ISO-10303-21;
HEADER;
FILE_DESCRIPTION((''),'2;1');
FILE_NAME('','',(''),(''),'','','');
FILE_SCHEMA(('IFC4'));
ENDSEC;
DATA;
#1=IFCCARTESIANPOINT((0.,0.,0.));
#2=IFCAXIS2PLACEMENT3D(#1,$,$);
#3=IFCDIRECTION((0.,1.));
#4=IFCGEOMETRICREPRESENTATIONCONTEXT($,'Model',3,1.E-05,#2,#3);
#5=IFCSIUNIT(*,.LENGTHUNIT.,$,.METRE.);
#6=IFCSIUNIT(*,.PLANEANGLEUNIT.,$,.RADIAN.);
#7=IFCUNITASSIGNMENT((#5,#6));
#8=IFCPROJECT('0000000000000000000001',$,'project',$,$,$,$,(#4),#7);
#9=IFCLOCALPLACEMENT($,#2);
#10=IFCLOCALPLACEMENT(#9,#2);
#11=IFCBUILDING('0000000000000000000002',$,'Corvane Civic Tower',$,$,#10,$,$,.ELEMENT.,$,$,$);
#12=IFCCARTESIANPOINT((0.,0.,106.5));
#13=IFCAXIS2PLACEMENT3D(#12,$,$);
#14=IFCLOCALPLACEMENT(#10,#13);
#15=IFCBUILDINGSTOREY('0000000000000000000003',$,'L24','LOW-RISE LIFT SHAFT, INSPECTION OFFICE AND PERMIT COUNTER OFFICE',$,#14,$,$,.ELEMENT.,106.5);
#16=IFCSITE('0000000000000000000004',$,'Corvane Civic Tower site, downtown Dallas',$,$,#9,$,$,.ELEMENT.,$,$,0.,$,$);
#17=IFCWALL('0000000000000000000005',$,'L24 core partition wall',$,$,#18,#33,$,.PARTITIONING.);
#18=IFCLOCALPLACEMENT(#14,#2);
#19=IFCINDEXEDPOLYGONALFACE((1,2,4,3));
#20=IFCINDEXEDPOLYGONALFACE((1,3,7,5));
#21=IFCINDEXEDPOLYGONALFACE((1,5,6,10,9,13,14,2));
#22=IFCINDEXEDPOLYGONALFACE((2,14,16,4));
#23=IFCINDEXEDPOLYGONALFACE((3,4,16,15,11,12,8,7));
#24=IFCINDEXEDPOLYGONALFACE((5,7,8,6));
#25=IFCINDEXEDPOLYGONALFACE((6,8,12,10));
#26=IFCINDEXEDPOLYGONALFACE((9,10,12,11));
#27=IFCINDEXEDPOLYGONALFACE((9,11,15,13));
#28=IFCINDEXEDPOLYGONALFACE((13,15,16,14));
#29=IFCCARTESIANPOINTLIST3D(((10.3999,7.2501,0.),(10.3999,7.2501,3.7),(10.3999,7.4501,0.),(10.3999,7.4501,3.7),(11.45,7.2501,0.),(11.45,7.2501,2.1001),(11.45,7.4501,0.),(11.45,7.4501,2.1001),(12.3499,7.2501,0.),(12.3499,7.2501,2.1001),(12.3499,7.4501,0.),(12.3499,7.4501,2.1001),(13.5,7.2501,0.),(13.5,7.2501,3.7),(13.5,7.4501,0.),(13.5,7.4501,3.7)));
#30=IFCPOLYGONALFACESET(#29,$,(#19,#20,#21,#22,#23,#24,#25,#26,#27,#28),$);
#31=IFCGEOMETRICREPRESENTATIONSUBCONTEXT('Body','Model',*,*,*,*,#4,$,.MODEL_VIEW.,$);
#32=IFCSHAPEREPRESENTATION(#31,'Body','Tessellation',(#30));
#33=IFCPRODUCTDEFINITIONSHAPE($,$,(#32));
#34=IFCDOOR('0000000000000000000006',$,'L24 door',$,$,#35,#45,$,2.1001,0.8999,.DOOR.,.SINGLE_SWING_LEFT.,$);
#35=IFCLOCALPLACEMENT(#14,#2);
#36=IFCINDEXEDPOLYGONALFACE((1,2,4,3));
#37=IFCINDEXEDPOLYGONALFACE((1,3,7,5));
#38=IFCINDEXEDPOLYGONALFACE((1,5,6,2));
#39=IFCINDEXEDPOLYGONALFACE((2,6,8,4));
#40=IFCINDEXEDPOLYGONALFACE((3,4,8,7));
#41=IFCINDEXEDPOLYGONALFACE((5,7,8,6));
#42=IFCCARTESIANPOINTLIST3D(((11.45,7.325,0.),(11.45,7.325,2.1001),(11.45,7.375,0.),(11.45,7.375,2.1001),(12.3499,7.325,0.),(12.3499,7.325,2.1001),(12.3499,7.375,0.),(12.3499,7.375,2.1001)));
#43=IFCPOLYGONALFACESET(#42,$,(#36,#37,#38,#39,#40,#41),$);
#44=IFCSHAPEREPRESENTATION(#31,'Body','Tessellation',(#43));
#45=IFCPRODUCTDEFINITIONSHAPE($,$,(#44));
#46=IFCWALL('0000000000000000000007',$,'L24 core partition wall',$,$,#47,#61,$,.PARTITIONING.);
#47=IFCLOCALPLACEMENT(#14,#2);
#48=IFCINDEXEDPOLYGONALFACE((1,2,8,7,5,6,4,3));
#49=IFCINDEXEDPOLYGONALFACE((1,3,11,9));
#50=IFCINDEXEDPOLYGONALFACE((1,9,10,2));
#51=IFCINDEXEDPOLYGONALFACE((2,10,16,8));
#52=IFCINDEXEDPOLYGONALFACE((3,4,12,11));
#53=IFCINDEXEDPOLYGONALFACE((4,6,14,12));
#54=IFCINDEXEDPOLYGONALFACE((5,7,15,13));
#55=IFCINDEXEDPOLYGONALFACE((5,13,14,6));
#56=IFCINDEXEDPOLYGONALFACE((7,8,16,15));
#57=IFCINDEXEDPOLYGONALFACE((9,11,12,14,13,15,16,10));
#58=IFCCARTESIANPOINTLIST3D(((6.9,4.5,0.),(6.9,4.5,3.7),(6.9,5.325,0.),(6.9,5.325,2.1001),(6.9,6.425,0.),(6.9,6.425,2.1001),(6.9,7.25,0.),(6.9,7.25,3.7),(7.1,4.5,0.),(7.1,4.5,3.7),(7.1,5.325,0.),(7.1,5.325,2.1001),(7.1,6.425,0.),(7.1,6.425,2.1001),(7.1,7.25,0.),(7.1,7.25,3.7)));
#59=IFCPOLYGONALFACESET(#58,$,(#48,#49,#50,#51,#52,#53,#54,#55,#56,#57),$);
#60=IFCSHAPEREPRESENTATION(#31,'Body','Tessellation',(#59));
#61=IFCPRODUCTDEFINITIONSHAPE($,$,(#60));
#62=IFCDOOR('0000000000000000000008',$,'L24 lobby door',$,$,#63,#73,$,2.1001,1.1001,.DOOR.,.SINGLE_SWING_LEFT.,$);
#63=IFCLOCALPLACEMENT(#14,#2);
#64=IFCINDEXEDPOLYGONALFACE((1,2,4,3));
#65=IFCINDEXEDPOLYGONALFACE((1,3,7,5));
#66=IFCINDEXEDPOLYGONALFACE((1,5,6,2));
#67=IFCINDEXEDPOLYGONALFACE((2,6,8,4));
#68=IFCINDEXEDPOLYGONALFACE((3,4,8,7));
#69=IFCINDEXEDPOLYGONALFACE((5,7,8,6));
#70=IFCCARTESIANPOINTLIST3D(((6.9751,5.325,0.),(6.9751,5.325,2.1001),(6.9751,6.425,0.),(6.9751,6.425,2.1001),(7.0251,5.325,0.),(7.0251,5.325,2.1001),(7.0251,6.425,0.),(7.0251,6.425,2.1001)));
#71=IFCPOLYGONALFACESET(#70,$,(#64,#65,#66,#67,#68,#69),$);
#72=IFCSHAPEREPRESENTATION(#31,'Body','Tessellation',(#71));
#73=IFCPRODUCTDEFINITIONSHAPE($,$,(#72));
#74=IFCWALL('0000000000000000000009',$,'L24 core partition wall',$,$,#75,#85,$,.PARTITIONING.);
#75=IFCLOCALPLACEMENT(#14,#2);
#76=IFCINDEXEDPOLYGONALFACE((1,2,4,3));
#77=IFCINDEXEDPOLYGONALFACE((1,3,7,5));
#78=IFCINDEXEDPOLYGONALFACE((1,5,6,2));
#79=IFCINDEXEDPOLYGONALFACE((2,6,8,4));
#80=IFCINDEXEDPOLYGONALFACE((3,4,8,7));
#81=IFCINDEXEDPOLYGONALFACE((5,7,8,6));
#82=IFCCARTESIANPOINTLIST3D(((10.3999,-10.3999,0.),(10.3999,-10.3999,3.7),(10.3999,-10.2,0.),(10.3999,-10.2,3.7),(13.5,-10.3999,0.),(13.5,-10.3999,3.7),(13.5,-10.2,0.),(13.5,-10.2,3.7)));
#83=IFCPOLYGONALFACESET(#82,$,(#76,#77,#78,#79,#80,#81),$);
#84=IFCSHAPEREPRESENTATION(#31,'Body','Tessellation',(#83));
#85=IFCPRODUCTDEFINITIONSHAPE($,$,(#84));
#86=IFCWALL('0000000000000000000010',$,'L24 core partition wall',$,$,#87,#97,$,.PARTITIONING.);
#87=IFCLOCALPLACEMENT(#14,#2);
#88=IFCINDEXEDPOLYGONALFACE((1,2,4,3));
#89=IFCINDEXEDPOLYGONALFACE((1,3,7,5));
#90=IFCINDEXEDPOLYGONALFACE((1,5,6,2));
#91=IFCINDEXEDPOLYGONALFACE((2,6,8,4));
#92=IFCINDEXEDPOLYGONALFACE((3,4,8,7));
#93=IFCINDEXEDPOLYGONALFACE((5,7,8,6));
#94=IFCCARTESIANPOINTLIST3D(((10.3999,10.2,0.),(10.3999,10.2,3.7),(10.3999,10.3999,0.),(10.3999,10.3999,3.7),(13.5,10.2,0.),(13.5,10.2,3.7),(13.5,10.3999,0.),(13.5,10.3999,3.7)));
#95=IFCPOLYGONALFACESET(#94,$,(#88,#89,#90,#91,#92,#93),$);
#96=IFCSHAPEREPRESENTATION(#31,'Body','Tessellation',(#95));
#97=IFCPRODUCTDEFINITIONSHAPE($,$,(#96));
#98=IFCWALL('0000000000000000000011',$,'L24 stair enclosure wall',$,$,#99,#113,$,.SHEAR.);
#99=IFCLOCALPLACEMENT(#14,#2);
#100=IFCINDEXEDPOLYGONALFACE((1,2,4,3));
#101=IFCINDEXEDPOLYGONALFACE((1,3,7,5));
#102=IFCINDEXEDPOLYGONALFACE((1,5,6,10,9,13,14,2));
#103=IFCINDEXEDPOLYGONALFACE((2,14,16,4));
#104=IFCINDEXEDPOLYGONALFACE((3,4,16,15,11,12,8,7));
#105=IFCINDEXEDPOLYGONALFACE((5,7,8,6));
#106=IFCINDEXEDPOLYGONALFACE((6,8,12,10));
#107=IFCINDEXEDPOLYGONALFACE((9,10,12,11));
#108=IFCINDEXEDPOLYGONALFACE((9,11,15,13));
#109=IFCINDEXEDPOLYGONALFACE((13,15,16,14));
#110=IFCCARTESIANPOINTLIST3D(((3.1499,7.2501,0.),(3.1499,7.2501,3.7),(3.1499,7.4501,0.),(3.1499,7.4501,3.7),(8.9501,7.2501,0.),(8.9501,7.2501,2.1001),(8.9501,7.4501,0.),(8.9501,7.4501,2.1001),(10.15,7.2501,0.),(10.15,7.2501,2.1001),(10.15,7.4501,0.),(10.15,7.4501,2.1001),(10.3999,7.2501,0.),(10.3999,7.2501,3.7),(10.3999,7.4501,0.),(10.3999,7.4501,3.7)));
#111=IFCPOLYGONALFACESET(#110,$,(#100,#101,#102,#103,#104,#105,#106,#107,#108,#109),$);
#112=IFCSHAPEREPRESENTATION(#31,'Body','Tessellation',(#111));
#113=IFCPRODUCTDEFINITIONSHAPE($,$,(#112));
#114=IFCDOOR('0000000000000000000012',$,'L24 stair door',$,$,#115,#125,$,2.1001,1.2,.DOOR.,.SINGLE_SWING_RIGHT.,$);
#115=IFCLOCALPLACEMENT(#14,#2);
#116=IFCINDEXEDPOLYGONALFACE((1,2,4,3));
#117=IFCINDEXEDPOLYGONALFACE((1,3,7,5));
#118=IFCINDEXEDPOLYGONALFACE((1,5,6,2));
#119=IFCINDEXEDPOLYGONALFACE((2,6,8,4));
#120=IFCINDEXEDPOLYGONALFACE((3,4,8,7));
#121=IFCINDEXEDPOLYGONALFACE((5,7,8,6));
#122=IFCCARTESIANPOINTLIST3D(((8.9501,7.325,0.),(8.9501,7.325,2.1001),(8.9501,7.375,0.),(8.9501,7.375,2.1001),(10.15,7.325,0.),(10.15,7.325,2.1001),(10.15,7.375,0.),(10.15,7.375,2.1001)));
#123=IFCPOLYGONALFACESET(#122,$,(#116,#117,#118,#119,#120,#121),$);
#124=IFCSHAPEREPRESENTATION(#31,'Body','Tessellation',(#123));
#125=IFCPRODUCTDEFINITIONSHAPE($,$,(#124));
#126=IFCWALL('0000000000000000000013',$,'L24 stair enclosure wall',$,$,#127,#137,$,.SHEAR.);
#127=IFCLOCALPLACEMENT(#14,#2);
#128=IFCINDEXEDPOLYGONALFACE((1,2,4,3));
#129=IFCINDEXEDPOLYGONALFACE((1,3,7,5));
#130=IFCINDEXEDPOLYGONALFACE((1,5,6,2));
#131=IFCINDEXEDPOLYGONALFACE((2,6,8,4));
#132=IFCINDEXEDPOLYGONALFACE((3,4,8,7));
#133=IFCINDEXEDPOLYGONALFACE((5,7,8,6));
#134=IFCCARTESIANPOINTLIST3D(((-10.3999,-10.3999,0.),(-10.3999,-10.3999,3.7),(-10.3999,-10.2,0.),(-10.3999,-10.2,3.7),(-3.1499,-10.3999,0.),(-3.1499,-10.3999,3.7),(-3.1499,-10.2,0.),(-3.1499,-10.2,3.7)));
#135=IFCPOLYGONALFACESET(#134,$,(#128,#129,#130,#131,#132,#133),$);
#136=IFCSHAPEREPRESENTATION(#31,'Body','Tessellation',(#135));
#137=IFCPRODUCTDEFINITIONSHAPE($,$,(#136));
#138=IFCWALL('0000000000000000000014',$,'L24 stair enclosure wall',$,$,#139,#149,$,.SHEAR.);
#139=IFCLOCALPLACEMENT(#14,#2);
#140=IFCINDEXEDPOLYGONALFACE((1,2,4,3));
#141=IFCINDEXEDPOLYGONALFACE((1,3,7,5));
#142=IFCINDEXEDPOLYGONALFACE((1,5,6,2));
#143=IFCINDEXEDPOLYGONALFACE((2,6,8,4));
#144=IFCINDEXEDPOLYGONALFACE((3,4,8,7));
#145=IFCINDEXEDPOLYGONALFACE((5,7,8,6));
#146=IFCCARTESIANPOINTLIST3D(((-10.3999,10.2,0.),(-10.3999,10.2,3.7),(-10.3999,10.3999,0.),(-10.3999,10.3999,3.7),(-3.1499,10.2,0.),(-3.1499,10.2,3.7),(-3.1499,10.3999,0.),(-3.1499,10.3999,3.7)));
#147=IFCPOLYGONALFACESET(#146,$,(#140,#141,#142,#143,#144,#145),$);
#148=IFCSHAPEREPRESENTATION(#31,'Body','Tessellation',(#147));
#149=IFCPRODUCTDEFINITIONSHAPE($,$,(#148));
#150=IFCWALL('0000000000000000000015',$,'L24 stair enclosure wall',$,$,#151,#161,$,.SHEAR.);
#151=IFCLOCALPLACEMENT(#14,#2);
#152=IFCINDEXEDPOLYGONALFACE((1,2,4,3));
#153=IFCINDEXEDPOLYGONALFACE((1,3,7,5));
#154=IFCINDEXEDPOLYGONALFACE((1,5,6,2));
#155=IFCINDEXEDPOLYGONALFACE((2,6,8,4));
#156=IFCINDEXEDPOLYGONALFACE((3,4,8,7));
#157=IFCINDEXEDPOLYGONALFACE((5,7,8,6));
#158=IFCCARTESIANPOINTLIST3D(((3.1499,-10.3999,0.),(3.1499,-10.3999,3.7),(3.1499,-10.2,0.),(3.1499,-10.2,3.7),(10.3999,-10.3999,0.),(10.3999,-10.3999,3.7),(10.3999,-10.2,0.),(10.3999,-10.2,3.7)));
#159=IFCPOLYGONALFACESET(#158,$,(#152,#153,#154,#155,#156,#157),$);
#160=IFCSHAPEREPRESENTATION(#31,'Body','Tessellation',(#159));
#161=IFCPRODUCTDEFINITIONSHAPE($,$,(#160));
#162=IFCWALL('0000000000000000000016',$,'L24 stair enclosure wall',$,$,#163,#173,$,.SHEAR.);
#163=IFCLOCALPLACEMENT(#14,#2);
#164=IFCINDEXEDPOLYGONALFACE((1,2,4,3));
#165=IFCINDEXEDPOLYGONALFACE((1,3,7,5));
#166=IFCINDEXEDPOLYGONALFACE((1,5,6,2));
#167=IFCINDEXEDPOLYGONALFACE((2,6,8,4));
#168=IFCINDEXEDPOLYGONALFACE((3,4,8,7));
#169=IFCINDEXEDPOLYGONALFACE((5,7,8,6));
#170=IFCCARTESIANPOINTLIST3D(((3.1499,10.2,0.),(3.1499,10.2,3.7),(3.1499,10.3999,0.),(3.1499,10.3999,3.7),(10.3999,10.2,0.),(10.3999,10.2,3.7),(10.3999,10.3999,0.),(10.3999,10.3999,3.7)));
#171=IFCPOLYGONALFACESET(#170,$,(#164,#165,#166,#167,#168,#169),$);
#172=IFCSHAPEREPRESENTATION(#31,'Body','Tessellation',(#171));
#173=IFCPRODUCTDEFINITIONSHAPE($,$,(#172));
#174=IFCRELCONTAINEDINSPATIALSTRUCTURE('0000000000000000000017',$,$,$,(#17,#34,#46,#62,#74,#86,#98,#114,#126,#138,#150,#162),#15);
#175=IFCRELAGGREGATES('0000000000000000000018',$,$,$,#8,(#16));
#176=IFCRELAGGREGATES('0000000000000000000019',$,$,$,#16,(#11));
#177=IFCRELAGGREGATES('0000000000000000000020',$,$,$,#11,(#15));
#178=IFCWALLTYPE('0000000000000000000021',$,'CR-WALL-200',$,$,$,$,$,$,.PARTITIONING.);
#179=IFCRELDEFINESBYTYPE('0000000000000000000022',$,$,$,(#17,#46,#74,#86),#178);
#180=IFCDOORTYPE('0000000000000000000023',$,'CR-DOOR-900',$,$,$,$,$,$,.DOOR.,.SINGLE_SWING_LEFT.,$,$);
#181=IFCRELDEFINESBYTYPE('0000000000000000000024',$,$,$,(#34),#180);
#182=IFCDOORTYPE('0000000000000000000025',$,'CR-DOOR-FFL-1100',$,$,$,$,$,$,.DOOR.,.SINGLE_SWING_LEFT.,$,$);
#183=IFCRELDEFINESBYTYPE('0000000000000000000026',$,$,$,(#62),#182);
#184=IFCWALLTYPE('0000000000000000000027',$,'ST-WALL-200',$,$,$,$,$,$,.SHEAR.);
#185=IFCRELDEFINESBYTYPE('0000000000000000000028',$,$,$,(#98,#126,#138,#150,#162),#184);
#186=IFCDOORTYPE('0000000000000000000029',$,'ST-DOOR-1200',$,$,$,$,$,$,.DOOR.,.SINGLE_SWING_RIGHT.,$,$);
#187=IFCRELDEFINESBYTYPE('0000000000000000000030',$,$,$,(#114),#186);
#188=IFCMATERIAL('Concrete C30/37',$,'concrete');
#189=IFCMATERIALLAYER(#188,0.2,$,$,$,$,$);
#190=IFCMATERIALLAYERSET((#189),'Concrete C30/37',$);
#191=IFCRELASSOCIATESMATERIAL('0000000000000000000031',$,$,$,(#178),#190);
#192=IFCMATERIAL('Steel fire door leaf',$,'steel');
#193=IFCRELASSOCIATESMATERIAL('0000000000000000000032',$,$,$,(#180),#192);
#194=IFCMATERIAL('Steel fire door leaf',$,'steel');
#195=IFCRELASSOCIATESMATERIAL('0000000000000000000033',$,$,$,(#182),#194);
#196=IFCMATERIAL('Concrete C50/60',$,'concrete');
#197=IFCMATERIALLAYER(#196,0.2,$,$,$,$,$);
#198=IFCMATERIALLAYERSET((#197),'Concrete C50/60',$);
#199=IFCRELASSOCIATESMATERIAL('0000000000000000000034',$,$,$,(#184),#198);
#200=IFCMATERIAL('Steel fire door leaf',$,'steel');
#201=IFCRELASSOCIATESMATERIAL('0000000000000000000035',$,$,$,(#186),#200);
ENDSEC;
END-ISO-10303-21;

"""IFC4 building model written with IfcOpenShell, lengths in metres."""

from ifc_helpers import new_model, si_unit, direction, frame, frame_2d, origin, place, context, subcontext, project, spatial, polyline, rectangle, outline, extrude, material, layer, layer_set, type_object, element, fill, save


model = new_model("IFC4")

# Units and contexts
model_context = context("Model", 3, precision=1e-05, world=origin(), true_north=direction((0.0, 1.0)))
body_context = subcontext(model_context, "Body", "Model", "MODEL_VIEW")
ifc_project = project(units=[si_unit("LENGTHUNIT", "METRE"), si_unit("PLANEANGLEUNIT", "RADIAN")], contexts=[model_context])

# Site, building, storey
site_placement = place(None, origin())
site = spatial("IfcSite", under=ifc_project, at=site_placement, Name="Corvane Civic Tower site, downtown Dallas", CompositionType="ELEMENT", RefElevation=0.0)
building_placement = place(site_placement, origin())
building = spatial("IfcBuilding", under=site, at=building_placement, Name="Corvane Civic Tower", CompositionType="ELEMENT")
storey_placement = place(building_placement, frame((0.0, 0.0, 106.5)))
storey = spatial("IfcBuildingStorey", under=building, at=storey_placement, Name="L24", Description="LOW-RISE LIFT SHAFT, INSPECTION OFFICE AND PERMIT COUNTER OFFICE", CompositionType="ELEMENT", Elevation=106.5)

# Walls, openings, doors
ifc_material_1 = material(Name="Concrete C30/37", Category="concrete")
ifc_layer_1 = layer(ifc_material_1, 0.2)
ifc_layer_set_1 = layer_set([ifc_layer_1], Name="Concrete C30/37")
wall_type_1 = type_object("IfcWallType", Name="CR-WALL-200", PredefinedType="PARTITIONING", material=ifc_layer_set_1)
wall_1_placement = place(storey_placement, frame((10.3999, 7.3501, 0.0), z_axis=(0.0, 0.0, 1.0), x_axis=(1.0, 0.0, 0.0)))
wall_1 = element("IfcWall", 1, at=wall_1_placement, inside=storey, type_object=wall_type_1, Name="L24 core partition wall", PredefinedType="PARTITIONING", context=body_context, shape_type="SweptSolid", body=[
    extrude(rectangle(XDim=3.1001, YDim=0.2, at=frame_2d((1.55, 0.0))), origin(), (0.0, 0.0, 1.0), 3.7),
])
opening_1_placement = place(wall_1_placement, frame((1.05, 0.0, 0.0)))
opening_1 = element("IfcOpeningElement", 2, at=opening_1_placement, cuts=wall_1, PredefinedType="OPENING", context=body_context, shape_type="SweptSolid", body=[
    extrude(rectangle(XDim=0.8999, YDim=2.1001, at=frame_2d((0.45, 1.05))), frame((0.0, 0.1099, 0.0), z_axis=(0.0, -1.0, 0.0), x_axis=(1.0, 0.0, 0.0)), (0.0, 0.0, 1.0), 0.22),
])
ifc_material_2 = material(Name="Steel fire door leaf", Category="steel")
door_type_1 = type_object("IfcDoorType", Name="CR-DOOR-900", OperationType="SINGLE_SWING_LEFT", PredefinedType="DOOR", material=ifc_material_2)
door_1_placement = place(opening_1_placement, origin())
door_1 = element("IfcDoor", 3, at=door_1_placement, inside=storey, type_object=door_type_1, Name="L24 door", OperationType="SINGLE_SWING_LEFT", OverallHeight=2.1001, OverallWidth=0.8999, PredefinedType="DOOR", context=body_context, shape_type="SweptSolid", body=[
    extrude(rectangle(XDim=0.8999, YDim=2.1001, at=frame_2d((0.45, 1.05))), frame((0.0, 0.0249, 0.0), z_axis=(0.0, -1.0, 0.0), x_axis=(1.0, 0.0, 0.0)), (0.0, 0.0, 1.0), 0.05),
])
fill(opening_1, door_1)
wall_2_placement = place(storey_placement, frame((7.0, 4.5, 0.0), z_axis=(0.0, 0.0, 1.0), x_axis=(0.0, 1.0, 0.0)))
wall_2 = element("IfcWall", 4, at=wall_2_placement, inside=storey, type_object=wall_type_1, Name="L24 core partition wall", PredefinedType="PARTITIONING", context=body_context, shape_type="SweptSolid", body=[
    extrude(rectangle(XDim=2.75, YDim=0.2, at=frame_2d((1.375, 0.0))), origin(), (0.0, 0.0, 1.0), 3.7),
])
opening_2_placement = place(wall_2_placement, frame((0.825, 0.0, 0.0)))
opening_2 = element("IfcOpeningElement", 5, at=opening_2_placement, cuts=wall_2, PredefinedType="OPENING", context=body_context, shape_type="SweptSolid", body=[
    extrude(rectangle(XDim=1.1001, YDim=2.1001, at=frame_2d((0.55, 1.05))), frame((0.0, 0.1099, 0.0), z_axis=(0.0, -1.0, 0.0), x_axis=(1.0, 0.0, 0.0)), (0.0, 0.0, 1.0), 0.22),
])
ifc_material_3 = material(Name="Steel fire door leaf", Category="steel")
door_type_2 = type_object("IfcDoorType", Name="CR-DOOR-FFL-1100", OperationType="SINGLE_SWING_LEFT", PredefinedType="DOOR", material=ifc_material_3)
door_2_placement = place(opening_2_placement, origin())
door_2 = element("IfcDoor", 6, at=door_2_placement, inside=storey, type_object=door_type_2, Name="L24 lobby door", OperationType="SINGLE_SWING_LEFT", OverallHeight=2.1001, OverallWidth=1.1001, PredefinedType="DOOR", context=body_context, shape_type="SweptSolid", body=[
    extrude(rectangle(XDim=1.1001, YDim=2.1001, at=frame_2d((0.55, 1.05))), frame((0.0, 0.0249, 0.0), z_axis=(0.0, -1.0, 0.0), x_axis=(1.0, 0.0, 0.0)), (0.0, 0.0, 1.0), 0.05),
])
fill(opening_2, door_2)

# Walls
wall_3_placement = place(storey_placement, origin())
element("IfcWall", 7, at=wall_3_placement, inside=storey, type_object=wall_type_1, Name="L24 core partition wall", PredefinedType="PARTITIONING", context=body_context, shape_type="SweptSolid", body=[
    extrude(outline(polyline([(13.5, -10.3999), (10.3999, -10.3999), (10.3999, -10.2), (13.5, -10.2), (13.5, -10.3999)])), origin(), (0.0, 0.0, 1.0), 3.7),
])
wall_4_placement = place(storey_placement, origin())
element("IfcWall", 8, at=wall_4_placement, inside=storey, type_object=wall_type_1, Name="L24 core partition wall", PredefinedType="PARTITIONING", context=body_context, shape_type="SweptSolid", body=[
    extrude(outline(polyline([(10.3999, 10.2), (10.3999, 10.3999), (13.5, 10.3999), (13.5, 10.2), (10.3999, 10.2)])), origin(), (0.0, 0.0, 1.0), 3.7),
])

# Wall, opening, door
ifc_material_4 = material(Name="Concrete C50/60", Category="concrete")
ifc_layer_2 = layer(ifc_material_4, 0.2)
ifc_layer_set_2 = layer_set([ifc_layer_2], Name="Concrete C50/60")
wall_type_2 = type_object("IfcWallType", Name="ST-WALL-200", PredefinedType="SHEAR", material=ifc_layer_set_2)
wall_5_placement = place(storey_placement, frame((3.1499, 7.3501, 0.0), z_axis=(0.0, 0.0, 1.0), x_axis=(1.0, 0.0, 0.0)))
wall_5 = element("IfcWall", 9, at=wall_5_placement, inside=storey, type_object=wall_type_2, Name="L24 stair enclosure wall", PredefinedType="SHEAR", context=body_context, shape_type="SweptSolid", body=[
    extrude(rectangle(XDim=7.25, YDim=0.2, at=frame_2d((3.625, 0.0))), origin(), (0.0, 0.0, 1.0), 3.7),
])
opening_3_placement = place(wall_5_placement, frame((5.8, 0.0, 0.0)))
opening_3 = element("IfcOpeningElement", 10, at=opening_3_placement, cuts=wall_5, PredefinedType="OPENING", context=body_context, shape_type="SweptSolid", body=[
    extrude(rectangle(XDim=1.2, YDim=2.1001, at=frame_2d((0.6001, 1.05))), frame((0.0, 0.1099, 0.0), z_axis=(0.0, -1.0, 0.0), x_axis=(1.0, 0.0, 0.0)), (0.0, 0.0, 1.0), 0.22),
])
ifc_material_5 = material(Name="Steel fire door leaf", Category="steel")
door_type_3 = type_object("IfcDoorType", Name="ST-DOOR-1200", OperationType="SINGLE_SWING_RIGHT", PredefinedType="DOOR", material=ifc_material_5)
door_3_placement = place(opening_3_placement, origin())
door_3 = element("IfcDoor", 11, at=door_3_placement, inside=storey, type_object=door_type_3, Name="L24 stair door", OperationType="SINGLE_SWING_RIGHT", OverallHeight=2.1001, OverallWidth=1.2, PredefinedType="DOOR", context=body_context, shape_type="SweptSolid", body=[
    extrude(rectangle(XDim=1.2, YDim=2.1001, at=frame_2d((0.6001, 1.05))), frame((0.0, 0.0249, 0.0), z_axis=(0.0, -1.0, 0.0), x_axis=(1.0, 0.0, 0.0)), (0.0, 0.0, 1.0), 0.05),
])
fill(opening_3, door_3)

# Walls
wall_6_placement = place(storey_placement, origin())
element("IfcWall", 12, at=wall_6_placement, inside=storey, type_object=wall_type_2, Name="L24 stair enclosure wall", PredefinedType="SHEAR", context=body_context, shape_type="SweptSolid", body=[
    extrude(outline(polyline([(-3.1499, -10.2), (-3.1499, -10.3999), (-10.3999, -10.3999), (-10.3999, -10.2), (-3.1499, -10.2)])), origin(), (0.0, 0.0, 1.0), 3.7),
])
wall_7_placement = place(storey_placement, origin())
element("IfcWall", 13, at=wall_7_placement, inside=storey, type_object=wall_type_2, Name="L24 stair enclosure wall", PredefinedType="SHEAR", context=body_context, shape_type="SweptSolid", body=[
    extrude(outline(polyline([(-3.1499, 10.2), (-10.3999, 10.2), (-10.3999, 10.3999), (-3.1499, 10.3999), (-3.1499, 10.2)])), origin(), (0.0, 0.0, 1.0), 3.7),
])
wall_8_placement = place(storey_placement, origin())
element("IfcWall", 14, at=wall_8_placement, inside=storey, type_object=wall_type_2, Name="L24 stair enclosure wall", PredefinedType="SHEAR", context=body_context, shape_type="SweptSolid", body=[
    extrude(outline(polyline([(10.3999, -10.3999), (3.1499, -10.3999), (3.1499, -10.2), (10.3999, -10.2), (10.3999, -10.3999)])), origin(), (0.0, 0.0, 1.0), 3.7),
])
wall_9_placement = place(storey_placement, origin())
element("IfcWall", 15, at=wall_9_placement, inside=storey, type_object=wall_type_2, Name="L24 stair enclosure wall", PredefinedType="SHEAR", context=body_context, shape_type="SweptSolid", body=[
    extrude(outline(polyline([(10.3999, 10.2), (3.1499, 10.2), (3.1499, 10.3999), (10.3999, 10.3999), (10.3999, 10.2)])), origin(), (0.0, 0.0, 1.0), 3.7),
])

save(model, "model.ifc")
